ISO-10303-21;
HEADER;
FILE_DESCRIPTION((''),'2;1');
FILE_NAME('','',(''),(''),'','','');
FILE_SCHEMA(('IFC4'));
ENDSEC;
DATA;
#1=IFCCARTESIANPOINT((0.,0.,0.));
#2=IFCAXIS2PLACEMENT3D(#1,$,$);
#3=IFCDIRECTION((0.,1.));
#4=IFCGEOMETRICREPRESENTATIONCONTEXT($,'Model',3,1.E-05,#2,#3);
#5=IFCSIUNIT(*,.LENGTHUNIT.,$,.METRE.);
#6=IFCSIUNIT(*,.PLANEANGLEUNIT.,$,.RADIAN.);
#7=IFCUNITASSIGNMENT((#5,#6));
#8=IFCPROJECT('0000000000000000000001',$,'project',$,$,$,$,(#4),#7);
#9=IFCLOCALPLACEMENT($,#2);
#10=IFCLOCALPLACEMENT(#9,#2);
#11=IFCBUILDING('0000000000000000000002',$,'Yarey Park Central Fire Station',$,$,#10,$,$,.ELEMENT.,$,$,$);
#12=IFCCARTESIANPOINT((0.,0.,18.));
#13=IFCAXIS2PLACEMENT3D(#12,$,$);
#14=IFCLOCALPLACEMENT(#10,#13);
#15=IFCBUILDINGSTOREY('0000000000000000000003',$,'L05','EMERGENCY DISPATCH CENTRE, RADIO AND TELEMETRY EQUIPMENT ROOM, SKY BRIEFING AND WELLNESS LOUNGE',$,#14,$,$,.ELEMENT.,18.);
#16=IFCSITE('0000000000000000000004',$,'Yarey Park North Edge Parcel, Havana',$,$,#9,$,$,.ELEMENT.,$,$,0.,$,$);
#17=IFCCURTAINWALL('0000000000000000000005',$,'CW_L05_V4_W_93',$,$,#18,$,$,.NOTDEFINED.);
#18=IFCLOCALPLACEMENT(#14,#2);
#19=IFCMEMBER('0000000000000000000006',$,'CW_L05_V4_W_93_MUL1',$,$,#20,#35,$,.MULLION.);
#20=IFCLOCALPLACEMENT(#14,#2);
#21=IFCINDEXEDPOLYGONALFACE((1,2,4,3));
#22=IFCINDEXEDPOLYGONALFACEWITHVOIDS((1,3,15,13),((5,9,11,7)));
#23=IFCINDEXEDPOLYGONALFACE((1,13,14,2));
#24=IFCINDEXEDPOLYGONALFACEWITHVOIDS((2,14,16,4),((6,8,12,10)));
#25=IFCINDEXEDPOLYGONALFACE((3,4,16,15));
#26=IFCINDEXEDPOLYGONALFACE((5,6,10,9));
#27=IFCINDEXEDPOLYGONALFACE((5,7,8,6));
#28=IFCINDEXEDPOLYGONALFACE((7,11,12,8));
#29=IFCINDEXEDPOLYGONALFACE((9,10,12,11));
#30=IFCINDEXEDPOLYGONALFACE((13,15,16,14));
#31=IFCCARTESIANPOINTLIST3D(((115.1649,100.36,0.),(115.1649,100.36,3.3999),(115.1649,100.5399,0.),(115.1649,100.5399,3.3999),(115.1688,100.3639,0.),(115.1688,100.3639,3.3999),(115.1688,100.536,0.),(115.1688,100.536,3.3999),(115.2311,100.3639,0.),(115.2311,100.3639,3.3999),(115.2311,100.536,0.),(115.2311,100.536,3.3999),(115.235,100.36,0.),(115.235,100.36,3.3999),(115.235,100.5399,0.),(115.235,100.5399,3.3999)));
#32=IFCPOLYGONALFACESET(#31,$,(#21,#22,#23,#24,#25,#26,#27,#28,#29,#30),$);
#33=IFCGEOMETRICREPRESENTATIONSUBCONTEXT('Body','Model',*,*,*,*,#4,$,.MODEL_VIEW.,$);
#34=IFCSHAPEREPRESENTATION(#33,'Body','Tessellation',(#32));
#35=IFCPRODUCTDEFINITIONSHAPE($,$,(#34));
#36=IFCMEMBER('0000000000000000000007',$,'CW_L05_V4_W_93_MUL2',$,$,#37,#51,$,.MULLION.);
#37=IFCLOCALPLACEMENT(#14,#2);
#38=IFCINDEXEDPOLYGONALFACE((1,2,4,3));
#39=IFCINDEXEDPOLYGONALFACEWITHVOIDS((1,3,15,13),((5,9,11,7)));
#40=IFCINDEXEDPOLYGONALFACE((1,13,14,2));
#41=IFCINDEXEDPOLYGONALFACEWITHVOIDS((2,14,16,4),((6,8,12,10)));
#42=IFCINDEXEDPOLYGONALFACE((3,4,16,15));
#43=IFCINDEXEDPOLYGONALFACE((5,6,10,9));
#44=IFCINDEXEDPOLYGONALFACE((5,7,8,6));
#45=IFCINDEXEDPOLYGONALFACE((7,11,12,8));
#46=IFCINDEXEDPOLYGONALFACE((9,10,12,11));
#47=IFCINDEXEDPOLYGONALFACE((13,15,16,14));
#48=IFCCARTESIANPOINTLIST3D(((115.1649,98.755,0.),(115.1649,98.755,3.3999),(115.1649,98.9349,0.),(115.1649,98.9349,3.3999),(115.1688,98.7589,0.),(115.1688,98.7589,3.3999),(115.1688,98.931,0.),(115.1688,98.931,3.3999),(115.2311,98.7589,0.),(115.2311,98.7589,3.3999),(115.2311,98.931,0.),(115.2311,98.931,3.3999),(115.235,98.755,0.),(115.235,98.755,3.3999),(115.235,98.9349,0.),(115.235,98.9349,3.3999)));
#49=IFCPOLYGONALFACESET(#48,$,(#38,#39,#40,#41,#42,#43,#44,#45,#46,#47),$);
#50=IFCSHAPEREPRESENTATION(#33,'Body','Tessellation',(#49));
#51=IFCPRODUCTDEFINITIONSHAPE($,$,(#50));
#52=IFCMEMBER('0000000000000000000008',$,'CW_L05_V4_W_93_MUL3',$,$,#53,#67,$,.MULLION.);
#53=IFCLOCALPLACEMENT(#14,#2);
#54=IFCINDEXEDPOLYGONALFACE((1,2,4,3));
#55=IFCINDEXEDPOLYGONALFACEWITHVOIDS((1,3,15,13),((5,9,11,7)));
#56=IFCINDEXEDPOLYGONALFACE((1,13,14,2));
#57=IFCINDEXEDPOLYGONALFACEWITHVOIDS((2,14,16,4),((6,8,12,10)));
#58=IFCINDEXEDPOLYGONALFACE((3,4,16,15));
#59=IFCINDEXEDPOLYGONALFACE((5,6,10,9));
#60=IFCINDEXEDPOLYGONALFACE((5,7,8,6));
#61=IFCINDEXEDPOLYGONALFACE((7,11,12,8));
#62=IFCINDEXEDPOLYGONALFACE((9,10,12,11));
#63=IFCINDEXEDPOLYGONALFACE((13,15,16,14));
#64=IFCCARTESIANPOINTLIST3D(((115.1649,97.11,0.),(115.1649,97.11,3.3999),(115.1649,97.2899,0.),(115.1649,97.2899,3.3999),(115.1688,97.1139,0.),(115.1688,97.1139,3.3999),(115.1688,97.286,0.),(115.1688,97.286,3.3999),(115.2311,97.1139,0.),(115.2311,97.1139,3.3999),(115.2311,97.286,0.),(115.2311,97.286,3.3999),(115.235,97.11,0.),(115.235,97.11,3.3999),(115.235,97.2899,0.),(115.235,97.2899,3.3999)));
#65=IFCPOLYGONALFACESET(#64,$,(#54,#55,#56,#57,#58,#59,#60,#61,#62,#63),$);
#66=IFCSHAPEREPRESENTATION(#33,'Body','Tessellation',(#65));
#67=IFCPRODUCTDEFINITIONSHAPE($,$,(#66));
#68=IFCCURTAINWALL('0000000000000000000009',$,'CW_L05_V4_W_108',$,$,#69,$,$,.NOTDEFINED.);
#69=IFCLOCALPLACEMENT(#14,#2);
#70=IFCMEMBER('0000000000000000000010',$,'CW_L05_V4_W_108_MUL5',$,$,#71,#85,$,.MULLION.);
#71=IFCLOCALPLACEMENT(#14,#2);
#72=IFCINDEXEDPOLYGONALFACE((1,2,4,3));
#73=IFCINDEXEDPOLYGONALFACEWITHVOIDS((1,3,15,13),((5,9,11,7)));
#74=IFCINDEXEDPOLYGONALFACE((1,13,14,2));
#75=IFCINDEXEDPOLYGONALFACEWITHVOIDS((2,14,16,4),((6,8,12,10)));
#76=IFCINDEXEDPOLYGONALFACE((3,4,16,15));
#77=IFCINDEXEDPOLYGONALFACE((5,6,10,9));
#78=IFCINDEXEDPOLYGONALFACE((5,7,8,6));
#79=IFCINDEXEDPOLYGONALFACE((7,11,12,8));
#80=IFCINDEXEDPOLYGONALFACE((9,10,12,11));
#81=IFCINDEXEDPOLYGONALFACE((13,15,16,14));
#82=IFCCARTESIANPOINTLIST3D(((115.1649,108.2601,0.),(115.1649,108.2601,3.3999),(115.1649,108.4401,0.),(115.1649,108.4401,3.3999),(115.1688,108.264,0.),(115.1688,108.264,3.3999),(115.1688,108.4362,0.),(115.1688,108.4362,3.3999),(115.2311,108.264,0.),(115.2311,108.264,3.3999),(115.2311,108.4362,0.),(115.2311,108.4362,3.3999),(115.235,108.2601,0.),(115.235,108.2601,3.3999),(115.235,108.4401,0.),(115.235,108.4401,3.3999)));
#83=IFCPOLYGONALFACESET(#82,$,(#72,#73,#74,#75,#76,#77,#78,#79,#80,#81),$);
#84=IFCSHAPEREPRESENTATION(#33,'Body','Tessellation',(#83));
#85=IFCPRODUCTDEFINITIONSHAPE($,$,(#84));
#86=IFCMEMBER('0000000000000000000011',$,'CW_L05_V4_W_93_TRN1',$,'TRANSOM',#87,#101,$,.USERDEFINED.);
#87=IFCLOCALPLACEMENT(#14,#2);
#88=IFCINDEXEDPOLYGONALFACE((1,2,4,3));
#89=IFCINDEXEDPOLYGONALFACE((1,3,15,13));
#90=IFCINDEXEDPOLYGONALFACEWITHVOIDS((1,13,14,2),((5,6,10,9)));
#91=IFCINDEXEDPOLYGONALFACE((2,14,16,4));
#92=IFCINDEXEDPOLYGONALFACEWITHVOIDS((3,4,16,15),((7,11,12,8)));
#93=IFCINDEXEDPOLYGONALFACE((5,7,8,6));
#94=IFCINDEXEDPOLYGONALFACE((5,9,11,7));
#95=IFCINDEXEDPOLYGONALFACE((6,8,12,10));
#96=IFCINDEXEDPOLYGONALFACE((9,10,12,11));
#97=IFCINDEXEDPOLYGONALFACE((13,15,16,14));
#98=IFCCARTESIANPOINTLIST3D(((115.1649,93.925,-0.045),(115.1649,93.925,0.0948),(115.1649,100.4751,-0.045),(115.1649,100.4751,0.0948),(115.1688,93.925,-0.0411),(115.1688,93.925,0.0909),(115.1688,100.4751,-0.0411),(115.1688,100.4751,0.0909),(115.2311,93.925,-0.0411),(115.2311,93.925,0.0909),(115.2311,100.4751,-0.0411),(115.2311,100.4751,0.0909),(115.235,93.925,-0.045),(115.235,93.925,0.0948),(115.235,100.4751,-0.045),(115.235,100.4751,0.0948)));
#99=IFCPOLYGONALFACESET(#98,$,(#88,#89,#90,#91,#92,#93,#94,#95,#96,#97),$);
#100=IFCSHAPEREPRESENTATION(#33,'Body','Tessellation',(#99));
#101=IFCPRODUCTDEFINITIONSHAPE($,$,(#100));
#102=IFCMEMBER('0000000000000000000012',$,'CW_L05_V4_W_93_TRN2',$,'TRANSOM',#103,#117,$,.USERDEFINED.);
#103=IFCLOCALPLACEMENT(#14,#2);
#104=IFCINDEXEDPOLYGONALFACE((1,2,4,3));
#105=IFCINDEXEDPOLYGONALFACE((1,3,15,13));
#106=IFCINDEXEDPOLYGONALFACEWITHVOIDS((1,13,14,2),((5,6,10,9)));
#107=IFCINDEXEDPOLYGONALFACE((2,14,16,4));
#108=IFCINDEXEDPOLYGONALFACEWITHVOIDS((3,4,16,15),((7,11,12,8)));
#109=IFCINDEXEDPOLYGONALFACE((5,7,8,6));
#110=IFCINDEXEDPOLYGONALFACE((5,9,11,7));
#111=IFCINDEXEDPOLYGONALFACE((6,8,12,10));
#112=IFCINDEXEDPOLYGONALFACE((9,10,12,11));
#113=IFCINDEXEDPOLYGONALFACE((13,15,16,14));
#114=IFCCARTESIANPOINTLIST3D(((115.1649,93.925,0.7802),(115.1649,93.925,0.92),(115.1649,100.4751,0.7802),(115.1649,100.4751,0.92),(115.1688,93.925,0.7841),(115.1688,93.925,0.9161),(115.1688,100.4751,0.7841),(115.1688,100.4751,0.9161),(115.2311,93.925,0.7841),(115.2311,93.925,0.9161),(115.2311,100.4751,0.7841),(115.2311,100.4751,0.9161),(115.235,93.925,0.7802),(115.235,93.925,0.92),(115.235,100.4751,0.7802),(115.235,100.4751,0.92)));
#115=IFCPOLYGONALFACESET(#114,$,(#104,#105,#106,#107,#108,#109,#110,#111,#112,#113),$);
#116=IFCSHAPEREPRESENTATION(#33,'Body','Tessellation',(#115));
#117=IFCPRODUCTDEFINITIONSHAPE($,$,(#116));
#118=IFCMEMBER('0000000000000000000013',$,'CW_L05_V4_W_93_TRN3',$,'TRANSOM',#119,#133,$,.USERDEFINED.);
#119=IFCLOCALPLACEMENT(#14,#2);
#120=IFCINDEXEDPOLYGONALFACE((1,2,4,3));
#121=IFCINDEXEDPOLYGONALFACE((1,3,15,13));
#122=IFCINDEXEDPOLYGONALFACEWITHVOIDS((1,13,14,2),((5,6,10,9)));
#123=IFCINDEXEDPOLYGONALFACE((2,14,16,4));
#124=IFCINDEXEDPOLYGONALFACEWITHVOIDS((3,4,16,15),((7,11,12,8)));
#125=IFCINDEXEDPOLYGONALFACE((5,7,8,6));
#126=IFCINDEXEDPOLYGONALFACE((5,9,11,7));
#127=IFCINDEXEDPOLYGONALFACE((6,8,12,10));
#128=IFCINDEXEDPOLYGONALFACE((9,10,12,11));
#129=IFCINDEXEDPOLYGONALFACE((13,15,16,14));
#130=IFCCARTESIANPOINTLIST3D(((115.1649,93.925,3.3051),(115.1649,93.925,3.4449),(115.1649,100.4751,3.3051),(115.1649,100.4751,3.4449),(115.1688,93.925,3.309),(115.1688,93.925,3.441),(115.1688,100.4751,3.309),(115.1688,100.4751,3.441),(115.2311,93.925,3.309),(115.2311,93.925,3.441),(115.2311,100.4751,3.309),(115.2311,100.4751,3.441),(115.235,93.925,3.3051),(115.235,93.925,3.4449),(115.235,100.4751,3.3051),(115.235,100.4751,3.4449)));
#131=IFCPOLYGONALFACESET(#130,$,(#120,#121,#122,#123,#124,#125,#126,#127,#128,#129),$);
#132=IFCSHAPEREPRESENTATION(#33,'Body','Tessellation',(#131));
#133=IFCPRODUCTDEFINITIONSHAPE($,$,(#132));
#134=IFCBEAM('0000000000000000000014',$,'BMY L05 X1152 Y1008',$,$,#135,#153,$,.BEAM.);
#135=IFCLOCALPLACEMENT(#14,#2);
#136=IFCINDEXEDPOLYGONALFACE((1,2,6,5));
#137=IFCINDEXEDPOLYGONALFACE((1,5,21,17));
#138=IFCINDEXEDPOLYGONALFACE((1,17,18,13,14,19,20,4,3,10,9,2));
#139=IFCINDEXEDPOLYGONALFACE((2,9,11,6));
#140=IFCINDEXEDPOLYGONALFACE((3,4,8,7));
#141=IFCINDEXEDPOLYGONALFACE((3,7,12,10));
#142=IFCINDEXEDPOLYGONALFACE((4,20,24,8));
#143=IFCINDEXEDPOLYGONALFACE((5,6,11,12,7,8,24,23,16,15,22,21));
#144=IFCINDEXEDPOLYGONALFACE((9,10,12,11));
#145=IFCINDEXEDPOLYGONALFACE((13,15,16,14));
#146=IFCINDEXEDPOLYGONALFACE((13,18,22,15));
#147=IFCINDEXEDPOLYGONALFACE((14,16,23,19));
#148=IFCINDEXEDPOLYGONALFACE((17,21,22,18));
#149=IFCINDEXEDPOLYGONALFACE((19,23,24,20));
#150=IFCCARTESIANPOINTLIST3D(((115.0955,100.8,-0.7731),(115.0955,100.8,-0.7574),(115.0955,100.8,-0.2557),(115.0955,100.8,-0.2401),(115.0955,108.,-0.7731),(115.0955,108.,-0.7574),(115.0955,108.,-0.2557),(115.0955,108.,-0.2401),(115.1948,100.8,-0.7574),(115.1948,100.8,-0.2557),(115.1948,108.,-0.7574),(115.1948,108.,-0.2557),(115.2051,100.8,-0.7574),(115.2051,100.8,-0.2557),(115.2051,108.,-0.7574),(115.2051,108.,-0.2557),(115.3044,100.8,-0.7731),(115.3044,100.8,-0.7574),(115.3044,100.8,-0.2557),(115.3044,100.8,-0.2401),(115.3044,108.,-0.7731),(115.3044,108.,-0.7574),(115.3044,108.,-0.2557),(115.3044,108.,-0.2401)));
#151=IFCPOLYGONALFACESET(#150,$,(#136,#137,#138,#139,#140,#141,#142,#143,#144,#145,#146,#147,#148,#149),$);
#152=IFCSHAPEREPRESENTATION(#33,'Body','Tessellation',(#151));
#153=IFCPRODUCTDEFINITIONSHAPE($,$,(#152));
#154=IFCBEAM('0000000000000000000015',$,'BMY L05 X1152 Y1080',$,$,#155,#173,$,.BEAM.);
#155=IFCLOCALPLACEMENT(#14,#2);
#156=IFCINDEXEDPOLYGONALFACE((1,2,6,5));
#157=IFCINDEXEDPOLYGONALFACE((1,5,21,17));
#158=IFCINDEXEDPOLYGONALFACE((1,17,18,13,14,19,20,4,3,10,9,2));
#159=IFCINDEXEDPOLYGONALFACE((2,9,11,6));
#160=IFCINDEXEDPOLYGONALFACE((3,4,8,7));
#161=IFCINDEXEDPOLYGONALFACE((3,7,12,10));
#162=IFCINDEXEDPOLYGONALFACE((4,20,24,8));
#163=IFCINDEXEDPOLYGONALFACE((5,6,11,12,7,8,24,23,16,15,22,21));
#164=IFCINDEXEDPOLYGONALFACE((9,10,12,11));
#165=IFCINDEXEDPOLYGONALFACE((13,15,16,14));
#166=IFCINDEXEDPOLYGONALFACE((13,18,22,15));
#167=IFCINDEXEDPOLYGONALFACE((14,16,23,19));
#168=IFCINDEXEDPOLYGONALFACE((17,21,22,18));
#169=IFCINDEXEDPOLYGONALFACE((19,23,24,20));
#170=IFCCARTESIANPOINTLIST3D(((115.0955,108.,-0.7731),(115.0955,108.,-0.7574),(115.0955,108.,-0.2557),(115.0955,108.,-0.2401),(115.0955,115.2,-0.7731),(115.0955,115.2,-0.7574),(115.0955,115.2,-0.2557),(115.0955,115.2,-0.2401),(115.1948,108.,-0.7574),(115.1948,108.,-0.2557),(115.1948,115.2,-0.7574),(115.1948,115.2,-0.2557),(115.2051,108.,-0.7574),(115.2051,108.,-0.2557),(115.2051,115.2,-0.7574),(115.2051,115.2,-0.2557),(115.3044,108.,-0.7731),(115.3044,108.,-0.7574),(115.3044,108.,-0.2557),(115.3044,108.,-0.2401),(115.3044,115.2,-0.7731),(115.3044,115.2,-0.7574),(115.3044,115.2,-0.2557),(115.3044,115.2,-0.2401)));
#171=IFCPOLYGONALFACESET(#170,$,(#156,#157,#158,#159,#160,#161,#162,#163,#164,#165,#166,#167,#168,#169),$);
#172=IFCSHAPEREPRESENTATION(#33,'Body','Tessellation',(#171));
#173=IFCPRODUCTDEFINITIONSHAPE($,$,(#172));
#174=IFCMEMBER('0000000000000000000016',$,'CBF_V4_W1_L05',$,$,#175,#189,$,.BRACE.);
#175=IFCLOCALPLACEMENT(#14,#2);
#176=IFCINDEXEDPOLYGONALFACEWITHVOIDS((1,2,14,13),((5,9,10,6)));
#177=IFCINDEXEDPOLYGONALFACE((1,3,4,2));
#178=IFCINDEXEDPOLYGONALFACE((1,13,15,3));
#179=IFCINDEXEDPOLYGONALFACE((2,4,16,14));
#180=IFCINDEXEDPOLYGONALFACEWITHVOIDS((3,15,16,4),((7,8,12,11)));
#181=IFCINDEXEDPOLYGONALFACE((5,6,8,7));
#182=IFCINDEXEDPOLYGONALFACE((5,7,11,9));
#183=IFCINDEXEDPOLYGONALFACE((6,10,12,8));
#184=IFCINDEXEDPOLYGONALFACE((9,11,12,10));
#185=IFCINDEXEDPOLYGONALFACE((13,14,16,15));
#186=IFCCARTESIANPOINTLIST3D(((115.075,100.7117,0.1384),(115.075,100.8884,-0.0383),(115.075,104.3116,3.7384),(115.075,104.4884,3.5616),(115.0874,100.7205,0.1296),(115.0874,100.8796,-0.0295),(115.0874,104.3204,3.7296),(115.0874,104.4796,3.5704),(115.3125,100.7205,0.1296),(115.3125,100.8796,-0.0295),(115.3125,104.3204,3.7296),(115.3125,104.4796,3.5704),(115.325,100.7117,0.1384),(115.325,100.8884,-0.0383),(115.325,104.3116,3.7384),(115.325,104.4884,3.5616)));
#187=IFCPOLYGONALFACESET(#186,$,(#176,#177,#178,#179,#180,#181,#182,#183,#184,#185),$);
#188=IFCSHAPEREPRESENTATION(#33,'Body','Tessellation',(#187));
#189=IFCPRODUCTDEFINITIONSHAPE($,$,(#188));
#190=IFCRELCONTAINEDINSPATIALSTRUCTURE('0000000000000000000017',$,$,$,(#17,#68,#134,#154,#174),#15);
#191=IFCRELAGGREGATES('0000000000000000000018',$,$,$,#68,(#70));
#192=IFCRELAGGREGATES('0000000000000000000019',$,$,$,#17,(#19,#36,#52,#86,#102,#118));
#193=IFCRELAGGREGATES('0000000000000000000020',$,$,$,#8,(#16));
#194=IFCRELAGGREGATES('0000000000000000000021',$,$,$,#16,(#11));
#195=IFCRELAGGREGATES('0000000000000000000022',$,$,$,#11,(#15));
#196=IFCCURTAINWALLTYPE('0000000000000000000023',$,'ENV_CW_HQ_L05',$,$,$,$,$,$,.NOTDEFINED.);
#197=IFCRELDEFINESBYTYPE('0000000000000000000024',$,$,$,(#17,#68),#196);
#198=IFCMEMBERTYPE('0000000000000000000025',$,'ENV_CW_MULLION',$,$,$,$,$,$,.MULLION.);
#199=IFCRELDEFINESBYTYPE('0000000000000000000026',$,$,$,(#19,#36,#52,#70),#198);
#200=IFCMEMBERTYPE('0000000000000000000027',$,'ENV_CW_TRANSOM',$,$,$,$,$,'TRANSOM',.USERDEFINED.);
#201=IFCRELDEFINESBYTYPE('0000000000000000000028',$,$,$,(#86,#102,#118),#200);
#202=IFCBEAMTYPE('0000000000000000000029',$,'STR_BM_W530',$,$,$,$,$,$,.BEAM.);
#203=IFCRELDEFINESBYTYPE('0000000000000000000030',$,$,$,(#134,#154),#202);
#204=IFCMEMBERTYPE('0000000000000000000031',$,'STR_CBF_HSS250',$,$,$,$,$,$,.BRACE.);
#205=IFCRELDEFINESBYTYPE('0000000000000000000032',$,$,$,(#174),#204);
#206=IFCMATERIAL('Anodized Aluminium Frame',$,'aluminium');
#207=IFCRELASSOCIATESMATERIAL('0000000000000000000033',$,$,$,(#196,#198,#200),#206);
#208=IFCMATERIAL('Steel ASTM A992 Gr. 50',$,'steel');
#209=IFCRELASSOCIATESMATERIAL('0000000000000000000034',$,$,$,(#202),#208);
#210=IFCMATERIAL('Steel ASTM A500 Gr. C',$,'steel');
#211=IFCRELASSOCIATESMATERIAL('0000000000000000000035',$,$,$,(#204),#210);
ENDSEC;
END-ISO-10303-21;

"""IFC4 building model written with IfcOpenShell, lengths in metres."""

from ifc_helpers import new_model, si_unit, direction, frame, origin, origin_2d, place, context, subcontext, project, spatial, hollow_rectangle, i_section, extrude, material, material_profile, profile_set, type_object, element, aggregate, save


model = new_model("IFC4")

# Units and contexts
model_context = context("Model", 3, precision=1e-05, world=origin(), true_north=direction((0.0, 1.0)))
body_context = subcontext(model_context, "Body", "Model", "MODEL_VIEW")
ifc_project = project(units=[si_unit("LENGTHUNIT", "METRE"), si_unit("PLANEANGLEUNIT", "RADIAN")], contexts=[model_context])

# Site, building, storey
site_placement = place(None, origin())
site = spatial("IfcSite", under=ifc_project, at=site_placement, Name="Yarey Park North Edge Parcel, Havana", CompositionType="ELEMENT", RefElevation=0.0)
building_placement = place(site_placement, origin())
building = spatial("IfcBuilding", under=site, at=building_placement, Name="Yarey Park Central Fire Station", CompositionType="ELEMENT")
storey_placement = place(building_placement, frame((0.0, 0.0, 18.0)))
storey = spatial("IfcBuildingStorey", under=building, at=storey_placement, Name="L05", Description="EMERGENCY DISPATCH CENTRE, RADIO AND TELEMETRY EQUIPMENT ROOM, SKY BRIEFING AND WELLNESS LOUNGE", CompositionType="ELEMENT", Elevation=18.0)

# Curtain wall, members
ifc_material_1 = material(Name="Anodized Aluminium Frame", Category="aluminium")
curtain_wall_type = type_object("IfcCurtainWallType", Name="ENV_CW_HQ_L05", PredefinedType="NOTDEFINED", material=ifc_material_1)
curtain_wall_1_placement = place(storey_placement, origin())
curtain_wall_1 = element("IfcCurtainWall", 1, at=curtain_wall_1_placement, inside=storey, type_object=curtain_wall_type, Name="CW_L05_V4_W_93", PredefinedType="NOTDEFINED")
ifc_material_profile_1 = material_profile(ifc_material_1, hollow_rectangle(XDim=0.0701, YDim=0.1799, WallThickness=0.0039, at=origin_2d()), Name="ALU 180x70x4")
ifc_profile_set_1 = profile_set([ifc_material_profile_1], Name="Anodized Aluminium Frame")
member_type_1 = type_object("IfcMemberType", Name="ENV_CW_MULLION", PredefinedType="MULLION", material=ifc_profile_set_1)
member_1_placement = place(storey_placement, frame((115.2, 100.45, 0.0), z_axis=(0.0, 0.0, 1.0), x_axis=(1.0, 0.0, 0.0)))
member_1 = element("IfcMember", 2, at=member_1_placement, type_object=member_type_1, Name="CW_L05_V4_W_93_MUL1", PredefinedType="MULLION", context=body_context, shape_type="SweptSolid", body=[
    extrude(hollow_rectangle(XDim=0.0701, YDim=0.1799, WallThickness=0.0039, at=origin_2d()), origin(), (0.0, 0.0, 1.0), 3.3999),
])
member_2_placement = place(storey_placement, frame((115.2, 98.845, 0.0), z_axis=(0.0, 0.0, 1.0), x_axis=(1.0, 0.0, 0.0)))
member_2 = element("IfcMember", 3, at=member_2_placement, type_object=member_type_1, Name="CW_L05_V4_W_93_MUL2", PredefinedType="MULLION", context=body_context, shape_type="SweptSolid", body=[
    extrude(hollow_rectangle(XDim=0.0701, YDim=0.1799, WallThickness=0.0039, at=origin_2d()), origin(), (0.0, 0.0, 1.0), 3.3999),
])
member_3_placement = place(storey_placement, frame((115.2, 97.2, 0.0), z_axis=(0.0, 0.0, 1.0), x_axis=(1.0, 0.0, 0.0)))
member_3 = element("IfcMember", 4, at=member_3_placement, type_object=member_type_1, Name="CW_L05_V4_W_93_MUL3", PredefinedType="MULLION", context=body_context, shape_type="SweptSolid", body=[
    extrude(hollow_rectangle(XDim=0.0701, YDim=0.1799, WallThickness=0.0039, at=origin_2d()), origin(), (0.0, 0.0, 1.0), 3.3999),
])

# Curtain wall, member
curtain_wall_2_placement = place(storey_placement, origin())
curtain_wall_2 = element("IfcCurtainWall", 5, at=curtain_wall_2_placement, inside=storey, type_object=curtain_wall_type, Name="CW_L05_V4_W_108", PredefinedType="NOTDEFINED")
member_4_placement = place(storey_placement, frame((115.2, 108.3501, 0.0), z_axis=(0.0, 0.0, 1.0), x_axis=(1.0, 0.0, 0.0)))
member_4 = element("IfcMember", 6, at=member_4_placement, type_object=member_type_1, Name="CW_L05_V4_W_108_MUL5", PredefinedType="MULLION", context=body_context, shape_type="SweptSolid", body=[
    extrude(hollow_rectangle(XDim=0.0701, YDim=0.1799, WallThickness=0.0039, at=origin_2d()), origin(), (0.0, 0.0, 1.0), 3.3999),
])
aggregate(curtain_wall_2, [member_4])

# Members
ifc_material_profile_2 = material_profile(ifc_material_1, hollow_rectangle(XDim=0.0701, YDim=0.1399, WallThickness=0.0039, at=origin_2d()), Name="ALU 140x70x4")
ifc_profile_set_2 = profile_set([ifc_material_profile_2], Name="Anodized Aluminium Frame")
member_type_2 = type_object("IfcMemberType", Name="ENV_CW_TRANSOM", ElementType="TRANSOM", PredefinedType="USERDEFINED", material=ifc_profile_set_2)
member_5_placement = place(storey_placement, frame((115.2, 100.4751, 0.0249), z_axis=(0.0, -1.0, 0.0), x_axis=(1.0, 0.0, 0.0)))
member_5 = element("IfcMember", 7, at=member_5_placement, type_object=member_type_2, Name="CW_L05_V4_W_93_TRN1", ObjectType="TRANSOM", PredefinedType="USERDEFINED", context=body_context, shape_type="SweptSolid", body=[
    extrude(hollow_rectangle(XDim=0.0701, YDim=0.1399, WallThickness=0.0039, at=origin_2d()), origin(), (0.0, 0.0, 1.0), 6.55),
])
member_6_placement = place(storey_placement, frame((115.2, 100.4751, 0.8501), z_axis=(0.0, -1.0, 0.0), x_axis=(1.0, 0.0, 0.0)))
member_6 = element("IfcMember", 8, at=member_6_placement, type_object=member_type_2, Name="CW_L05_V4_W_93_TRN2", ObjectType="TRANSOM", PredefinedType="USERDEFINED", context=body_context, shape_type="SweptSolid", body=[
    extrude(hollow_rectangle(XDim=0.0701, YDim=0.1399, WallThickness=0.0039, at=origin_2d()), origin(), (0.0, 0.0, 1.0), 6.55),
])
member_7_placement = place(storey_placement, frame((115.2, 100.4751, 3.375), z_axis=(0.0, -1.0, 0.0), x_axis=(1.0, 0.0, 0.0)))
member_7 = element("IfcMember", 9, at=member_7_placement, type_object=member_type_2, Name="CW_L05_V4_W_93_TRN3", ObjectType="TRANSOM", PredefinedType="USERDEFINED", context=body_context, shape_type="SweptSolid", body=[
    extrude(hollow_rectangle(XDim=0.0701, YDim=0.1399, WallThickness=0.0039, at=origin_2d()), origin(), (0.0, 0.0, 1.0), 6.55),
])

# Beams
ifc_material_2 = material(Name="Steel ASTM A992 Gr. 50", Category="steel")
ifc_material_profile_3 = material_profile(ifc_material_2, i_section(OverallWidth=0.209, OverallDepth=0.533, WebThickness=0.0103, FlangeThickness=0.0156, at=origin_2d()), Name="W530x92")
ifc_profile_set_3 = profile_set([ifc_material_profile_3], Name="Steel ASTM A992 Gr. 50")
beam_type_1 = type_object("IfcBeamType", Name="STR_BM_W530", PredefinedType="BEAM", material=ifc_profile_set_3)
for number, where, z_axis, x_axis, name in (
    (10, (115.2, 100.8, -0.5066), (0.0, 1.0, 0.0), (-1.0, 0.0, 0.0), "BMY L05 X1152 Y1008"),
    (11, (115.2, 108.0, -0.5066), (0.0, 1.0, 0.0), (-1.0, 0.0, 0.0), "BMY L05 X1152 Y1080"),
):
    element("IfcBeam", number, at=place(storey_placement, frame(where, z_axis=z_axis, x_axis=x_axis)), inside=storey, type_object=beam_type_1, Name=name, PredefinedType="BEAM", context=body_context, shape_type="SweptSolid", body=[
        extrude(i_section(OverallWidth=0.209, OverallDepth=0.533, WebThickness=0.0103, FlangeThickness=0.0156, at=origin_2d()), origin(), (0.0, 0.0, 1.0), 7.2),
    ])

# Member
ifc_material_3 = material(Name="Steel ASTM A500 Gr. C", Category="steel")
ifc_material_profile_4 = material_profile(ifc_material_3, hollow_rectangle(XDim=0.25, YDim=0.25, WallThickness=0.0125, at=origin_2d()), Name="HSS 250x250x12.5")
ifc_profile_set_4 = profile_set([ifc_material_profile_4], Name="Steel ASTM A500 Gr. C")
member_type_3 = type_object("IfcMemberType", Name="STR_CBF_HSS250", PredefinedType="BRACE", material=ifc_profile_set_4)
for number, where, z_axis, x_axis, name in (
    (12, (115.2, 100.8, 0.05), (0.0, 0.707107, 0.707107), (-1.0, 0.0, 0.0), "CBF_V4_W1_L05"),
):
    element("IfcMember", number, at=place(storey_placement, frame(where, z_axis=z_axis, x_axis=x_axis)), inside=storey, type_object=member_type_3, Name=name, PredefinedType="BRACE", context=body_context, shape_type="SweptSolid", body=[
        extrude(hollow_rectangle(XDim=0.25, YDim=0.25, WallThickness=0.0125, at=origin_2d()), origin(), (0.0, 0.0, 1.0), 5.0911),
    ])

aggregate(curtain_wall_1, [member_1, member_2, member_3, member_5, member_6, member_7])

save(model, "model.ifc")
